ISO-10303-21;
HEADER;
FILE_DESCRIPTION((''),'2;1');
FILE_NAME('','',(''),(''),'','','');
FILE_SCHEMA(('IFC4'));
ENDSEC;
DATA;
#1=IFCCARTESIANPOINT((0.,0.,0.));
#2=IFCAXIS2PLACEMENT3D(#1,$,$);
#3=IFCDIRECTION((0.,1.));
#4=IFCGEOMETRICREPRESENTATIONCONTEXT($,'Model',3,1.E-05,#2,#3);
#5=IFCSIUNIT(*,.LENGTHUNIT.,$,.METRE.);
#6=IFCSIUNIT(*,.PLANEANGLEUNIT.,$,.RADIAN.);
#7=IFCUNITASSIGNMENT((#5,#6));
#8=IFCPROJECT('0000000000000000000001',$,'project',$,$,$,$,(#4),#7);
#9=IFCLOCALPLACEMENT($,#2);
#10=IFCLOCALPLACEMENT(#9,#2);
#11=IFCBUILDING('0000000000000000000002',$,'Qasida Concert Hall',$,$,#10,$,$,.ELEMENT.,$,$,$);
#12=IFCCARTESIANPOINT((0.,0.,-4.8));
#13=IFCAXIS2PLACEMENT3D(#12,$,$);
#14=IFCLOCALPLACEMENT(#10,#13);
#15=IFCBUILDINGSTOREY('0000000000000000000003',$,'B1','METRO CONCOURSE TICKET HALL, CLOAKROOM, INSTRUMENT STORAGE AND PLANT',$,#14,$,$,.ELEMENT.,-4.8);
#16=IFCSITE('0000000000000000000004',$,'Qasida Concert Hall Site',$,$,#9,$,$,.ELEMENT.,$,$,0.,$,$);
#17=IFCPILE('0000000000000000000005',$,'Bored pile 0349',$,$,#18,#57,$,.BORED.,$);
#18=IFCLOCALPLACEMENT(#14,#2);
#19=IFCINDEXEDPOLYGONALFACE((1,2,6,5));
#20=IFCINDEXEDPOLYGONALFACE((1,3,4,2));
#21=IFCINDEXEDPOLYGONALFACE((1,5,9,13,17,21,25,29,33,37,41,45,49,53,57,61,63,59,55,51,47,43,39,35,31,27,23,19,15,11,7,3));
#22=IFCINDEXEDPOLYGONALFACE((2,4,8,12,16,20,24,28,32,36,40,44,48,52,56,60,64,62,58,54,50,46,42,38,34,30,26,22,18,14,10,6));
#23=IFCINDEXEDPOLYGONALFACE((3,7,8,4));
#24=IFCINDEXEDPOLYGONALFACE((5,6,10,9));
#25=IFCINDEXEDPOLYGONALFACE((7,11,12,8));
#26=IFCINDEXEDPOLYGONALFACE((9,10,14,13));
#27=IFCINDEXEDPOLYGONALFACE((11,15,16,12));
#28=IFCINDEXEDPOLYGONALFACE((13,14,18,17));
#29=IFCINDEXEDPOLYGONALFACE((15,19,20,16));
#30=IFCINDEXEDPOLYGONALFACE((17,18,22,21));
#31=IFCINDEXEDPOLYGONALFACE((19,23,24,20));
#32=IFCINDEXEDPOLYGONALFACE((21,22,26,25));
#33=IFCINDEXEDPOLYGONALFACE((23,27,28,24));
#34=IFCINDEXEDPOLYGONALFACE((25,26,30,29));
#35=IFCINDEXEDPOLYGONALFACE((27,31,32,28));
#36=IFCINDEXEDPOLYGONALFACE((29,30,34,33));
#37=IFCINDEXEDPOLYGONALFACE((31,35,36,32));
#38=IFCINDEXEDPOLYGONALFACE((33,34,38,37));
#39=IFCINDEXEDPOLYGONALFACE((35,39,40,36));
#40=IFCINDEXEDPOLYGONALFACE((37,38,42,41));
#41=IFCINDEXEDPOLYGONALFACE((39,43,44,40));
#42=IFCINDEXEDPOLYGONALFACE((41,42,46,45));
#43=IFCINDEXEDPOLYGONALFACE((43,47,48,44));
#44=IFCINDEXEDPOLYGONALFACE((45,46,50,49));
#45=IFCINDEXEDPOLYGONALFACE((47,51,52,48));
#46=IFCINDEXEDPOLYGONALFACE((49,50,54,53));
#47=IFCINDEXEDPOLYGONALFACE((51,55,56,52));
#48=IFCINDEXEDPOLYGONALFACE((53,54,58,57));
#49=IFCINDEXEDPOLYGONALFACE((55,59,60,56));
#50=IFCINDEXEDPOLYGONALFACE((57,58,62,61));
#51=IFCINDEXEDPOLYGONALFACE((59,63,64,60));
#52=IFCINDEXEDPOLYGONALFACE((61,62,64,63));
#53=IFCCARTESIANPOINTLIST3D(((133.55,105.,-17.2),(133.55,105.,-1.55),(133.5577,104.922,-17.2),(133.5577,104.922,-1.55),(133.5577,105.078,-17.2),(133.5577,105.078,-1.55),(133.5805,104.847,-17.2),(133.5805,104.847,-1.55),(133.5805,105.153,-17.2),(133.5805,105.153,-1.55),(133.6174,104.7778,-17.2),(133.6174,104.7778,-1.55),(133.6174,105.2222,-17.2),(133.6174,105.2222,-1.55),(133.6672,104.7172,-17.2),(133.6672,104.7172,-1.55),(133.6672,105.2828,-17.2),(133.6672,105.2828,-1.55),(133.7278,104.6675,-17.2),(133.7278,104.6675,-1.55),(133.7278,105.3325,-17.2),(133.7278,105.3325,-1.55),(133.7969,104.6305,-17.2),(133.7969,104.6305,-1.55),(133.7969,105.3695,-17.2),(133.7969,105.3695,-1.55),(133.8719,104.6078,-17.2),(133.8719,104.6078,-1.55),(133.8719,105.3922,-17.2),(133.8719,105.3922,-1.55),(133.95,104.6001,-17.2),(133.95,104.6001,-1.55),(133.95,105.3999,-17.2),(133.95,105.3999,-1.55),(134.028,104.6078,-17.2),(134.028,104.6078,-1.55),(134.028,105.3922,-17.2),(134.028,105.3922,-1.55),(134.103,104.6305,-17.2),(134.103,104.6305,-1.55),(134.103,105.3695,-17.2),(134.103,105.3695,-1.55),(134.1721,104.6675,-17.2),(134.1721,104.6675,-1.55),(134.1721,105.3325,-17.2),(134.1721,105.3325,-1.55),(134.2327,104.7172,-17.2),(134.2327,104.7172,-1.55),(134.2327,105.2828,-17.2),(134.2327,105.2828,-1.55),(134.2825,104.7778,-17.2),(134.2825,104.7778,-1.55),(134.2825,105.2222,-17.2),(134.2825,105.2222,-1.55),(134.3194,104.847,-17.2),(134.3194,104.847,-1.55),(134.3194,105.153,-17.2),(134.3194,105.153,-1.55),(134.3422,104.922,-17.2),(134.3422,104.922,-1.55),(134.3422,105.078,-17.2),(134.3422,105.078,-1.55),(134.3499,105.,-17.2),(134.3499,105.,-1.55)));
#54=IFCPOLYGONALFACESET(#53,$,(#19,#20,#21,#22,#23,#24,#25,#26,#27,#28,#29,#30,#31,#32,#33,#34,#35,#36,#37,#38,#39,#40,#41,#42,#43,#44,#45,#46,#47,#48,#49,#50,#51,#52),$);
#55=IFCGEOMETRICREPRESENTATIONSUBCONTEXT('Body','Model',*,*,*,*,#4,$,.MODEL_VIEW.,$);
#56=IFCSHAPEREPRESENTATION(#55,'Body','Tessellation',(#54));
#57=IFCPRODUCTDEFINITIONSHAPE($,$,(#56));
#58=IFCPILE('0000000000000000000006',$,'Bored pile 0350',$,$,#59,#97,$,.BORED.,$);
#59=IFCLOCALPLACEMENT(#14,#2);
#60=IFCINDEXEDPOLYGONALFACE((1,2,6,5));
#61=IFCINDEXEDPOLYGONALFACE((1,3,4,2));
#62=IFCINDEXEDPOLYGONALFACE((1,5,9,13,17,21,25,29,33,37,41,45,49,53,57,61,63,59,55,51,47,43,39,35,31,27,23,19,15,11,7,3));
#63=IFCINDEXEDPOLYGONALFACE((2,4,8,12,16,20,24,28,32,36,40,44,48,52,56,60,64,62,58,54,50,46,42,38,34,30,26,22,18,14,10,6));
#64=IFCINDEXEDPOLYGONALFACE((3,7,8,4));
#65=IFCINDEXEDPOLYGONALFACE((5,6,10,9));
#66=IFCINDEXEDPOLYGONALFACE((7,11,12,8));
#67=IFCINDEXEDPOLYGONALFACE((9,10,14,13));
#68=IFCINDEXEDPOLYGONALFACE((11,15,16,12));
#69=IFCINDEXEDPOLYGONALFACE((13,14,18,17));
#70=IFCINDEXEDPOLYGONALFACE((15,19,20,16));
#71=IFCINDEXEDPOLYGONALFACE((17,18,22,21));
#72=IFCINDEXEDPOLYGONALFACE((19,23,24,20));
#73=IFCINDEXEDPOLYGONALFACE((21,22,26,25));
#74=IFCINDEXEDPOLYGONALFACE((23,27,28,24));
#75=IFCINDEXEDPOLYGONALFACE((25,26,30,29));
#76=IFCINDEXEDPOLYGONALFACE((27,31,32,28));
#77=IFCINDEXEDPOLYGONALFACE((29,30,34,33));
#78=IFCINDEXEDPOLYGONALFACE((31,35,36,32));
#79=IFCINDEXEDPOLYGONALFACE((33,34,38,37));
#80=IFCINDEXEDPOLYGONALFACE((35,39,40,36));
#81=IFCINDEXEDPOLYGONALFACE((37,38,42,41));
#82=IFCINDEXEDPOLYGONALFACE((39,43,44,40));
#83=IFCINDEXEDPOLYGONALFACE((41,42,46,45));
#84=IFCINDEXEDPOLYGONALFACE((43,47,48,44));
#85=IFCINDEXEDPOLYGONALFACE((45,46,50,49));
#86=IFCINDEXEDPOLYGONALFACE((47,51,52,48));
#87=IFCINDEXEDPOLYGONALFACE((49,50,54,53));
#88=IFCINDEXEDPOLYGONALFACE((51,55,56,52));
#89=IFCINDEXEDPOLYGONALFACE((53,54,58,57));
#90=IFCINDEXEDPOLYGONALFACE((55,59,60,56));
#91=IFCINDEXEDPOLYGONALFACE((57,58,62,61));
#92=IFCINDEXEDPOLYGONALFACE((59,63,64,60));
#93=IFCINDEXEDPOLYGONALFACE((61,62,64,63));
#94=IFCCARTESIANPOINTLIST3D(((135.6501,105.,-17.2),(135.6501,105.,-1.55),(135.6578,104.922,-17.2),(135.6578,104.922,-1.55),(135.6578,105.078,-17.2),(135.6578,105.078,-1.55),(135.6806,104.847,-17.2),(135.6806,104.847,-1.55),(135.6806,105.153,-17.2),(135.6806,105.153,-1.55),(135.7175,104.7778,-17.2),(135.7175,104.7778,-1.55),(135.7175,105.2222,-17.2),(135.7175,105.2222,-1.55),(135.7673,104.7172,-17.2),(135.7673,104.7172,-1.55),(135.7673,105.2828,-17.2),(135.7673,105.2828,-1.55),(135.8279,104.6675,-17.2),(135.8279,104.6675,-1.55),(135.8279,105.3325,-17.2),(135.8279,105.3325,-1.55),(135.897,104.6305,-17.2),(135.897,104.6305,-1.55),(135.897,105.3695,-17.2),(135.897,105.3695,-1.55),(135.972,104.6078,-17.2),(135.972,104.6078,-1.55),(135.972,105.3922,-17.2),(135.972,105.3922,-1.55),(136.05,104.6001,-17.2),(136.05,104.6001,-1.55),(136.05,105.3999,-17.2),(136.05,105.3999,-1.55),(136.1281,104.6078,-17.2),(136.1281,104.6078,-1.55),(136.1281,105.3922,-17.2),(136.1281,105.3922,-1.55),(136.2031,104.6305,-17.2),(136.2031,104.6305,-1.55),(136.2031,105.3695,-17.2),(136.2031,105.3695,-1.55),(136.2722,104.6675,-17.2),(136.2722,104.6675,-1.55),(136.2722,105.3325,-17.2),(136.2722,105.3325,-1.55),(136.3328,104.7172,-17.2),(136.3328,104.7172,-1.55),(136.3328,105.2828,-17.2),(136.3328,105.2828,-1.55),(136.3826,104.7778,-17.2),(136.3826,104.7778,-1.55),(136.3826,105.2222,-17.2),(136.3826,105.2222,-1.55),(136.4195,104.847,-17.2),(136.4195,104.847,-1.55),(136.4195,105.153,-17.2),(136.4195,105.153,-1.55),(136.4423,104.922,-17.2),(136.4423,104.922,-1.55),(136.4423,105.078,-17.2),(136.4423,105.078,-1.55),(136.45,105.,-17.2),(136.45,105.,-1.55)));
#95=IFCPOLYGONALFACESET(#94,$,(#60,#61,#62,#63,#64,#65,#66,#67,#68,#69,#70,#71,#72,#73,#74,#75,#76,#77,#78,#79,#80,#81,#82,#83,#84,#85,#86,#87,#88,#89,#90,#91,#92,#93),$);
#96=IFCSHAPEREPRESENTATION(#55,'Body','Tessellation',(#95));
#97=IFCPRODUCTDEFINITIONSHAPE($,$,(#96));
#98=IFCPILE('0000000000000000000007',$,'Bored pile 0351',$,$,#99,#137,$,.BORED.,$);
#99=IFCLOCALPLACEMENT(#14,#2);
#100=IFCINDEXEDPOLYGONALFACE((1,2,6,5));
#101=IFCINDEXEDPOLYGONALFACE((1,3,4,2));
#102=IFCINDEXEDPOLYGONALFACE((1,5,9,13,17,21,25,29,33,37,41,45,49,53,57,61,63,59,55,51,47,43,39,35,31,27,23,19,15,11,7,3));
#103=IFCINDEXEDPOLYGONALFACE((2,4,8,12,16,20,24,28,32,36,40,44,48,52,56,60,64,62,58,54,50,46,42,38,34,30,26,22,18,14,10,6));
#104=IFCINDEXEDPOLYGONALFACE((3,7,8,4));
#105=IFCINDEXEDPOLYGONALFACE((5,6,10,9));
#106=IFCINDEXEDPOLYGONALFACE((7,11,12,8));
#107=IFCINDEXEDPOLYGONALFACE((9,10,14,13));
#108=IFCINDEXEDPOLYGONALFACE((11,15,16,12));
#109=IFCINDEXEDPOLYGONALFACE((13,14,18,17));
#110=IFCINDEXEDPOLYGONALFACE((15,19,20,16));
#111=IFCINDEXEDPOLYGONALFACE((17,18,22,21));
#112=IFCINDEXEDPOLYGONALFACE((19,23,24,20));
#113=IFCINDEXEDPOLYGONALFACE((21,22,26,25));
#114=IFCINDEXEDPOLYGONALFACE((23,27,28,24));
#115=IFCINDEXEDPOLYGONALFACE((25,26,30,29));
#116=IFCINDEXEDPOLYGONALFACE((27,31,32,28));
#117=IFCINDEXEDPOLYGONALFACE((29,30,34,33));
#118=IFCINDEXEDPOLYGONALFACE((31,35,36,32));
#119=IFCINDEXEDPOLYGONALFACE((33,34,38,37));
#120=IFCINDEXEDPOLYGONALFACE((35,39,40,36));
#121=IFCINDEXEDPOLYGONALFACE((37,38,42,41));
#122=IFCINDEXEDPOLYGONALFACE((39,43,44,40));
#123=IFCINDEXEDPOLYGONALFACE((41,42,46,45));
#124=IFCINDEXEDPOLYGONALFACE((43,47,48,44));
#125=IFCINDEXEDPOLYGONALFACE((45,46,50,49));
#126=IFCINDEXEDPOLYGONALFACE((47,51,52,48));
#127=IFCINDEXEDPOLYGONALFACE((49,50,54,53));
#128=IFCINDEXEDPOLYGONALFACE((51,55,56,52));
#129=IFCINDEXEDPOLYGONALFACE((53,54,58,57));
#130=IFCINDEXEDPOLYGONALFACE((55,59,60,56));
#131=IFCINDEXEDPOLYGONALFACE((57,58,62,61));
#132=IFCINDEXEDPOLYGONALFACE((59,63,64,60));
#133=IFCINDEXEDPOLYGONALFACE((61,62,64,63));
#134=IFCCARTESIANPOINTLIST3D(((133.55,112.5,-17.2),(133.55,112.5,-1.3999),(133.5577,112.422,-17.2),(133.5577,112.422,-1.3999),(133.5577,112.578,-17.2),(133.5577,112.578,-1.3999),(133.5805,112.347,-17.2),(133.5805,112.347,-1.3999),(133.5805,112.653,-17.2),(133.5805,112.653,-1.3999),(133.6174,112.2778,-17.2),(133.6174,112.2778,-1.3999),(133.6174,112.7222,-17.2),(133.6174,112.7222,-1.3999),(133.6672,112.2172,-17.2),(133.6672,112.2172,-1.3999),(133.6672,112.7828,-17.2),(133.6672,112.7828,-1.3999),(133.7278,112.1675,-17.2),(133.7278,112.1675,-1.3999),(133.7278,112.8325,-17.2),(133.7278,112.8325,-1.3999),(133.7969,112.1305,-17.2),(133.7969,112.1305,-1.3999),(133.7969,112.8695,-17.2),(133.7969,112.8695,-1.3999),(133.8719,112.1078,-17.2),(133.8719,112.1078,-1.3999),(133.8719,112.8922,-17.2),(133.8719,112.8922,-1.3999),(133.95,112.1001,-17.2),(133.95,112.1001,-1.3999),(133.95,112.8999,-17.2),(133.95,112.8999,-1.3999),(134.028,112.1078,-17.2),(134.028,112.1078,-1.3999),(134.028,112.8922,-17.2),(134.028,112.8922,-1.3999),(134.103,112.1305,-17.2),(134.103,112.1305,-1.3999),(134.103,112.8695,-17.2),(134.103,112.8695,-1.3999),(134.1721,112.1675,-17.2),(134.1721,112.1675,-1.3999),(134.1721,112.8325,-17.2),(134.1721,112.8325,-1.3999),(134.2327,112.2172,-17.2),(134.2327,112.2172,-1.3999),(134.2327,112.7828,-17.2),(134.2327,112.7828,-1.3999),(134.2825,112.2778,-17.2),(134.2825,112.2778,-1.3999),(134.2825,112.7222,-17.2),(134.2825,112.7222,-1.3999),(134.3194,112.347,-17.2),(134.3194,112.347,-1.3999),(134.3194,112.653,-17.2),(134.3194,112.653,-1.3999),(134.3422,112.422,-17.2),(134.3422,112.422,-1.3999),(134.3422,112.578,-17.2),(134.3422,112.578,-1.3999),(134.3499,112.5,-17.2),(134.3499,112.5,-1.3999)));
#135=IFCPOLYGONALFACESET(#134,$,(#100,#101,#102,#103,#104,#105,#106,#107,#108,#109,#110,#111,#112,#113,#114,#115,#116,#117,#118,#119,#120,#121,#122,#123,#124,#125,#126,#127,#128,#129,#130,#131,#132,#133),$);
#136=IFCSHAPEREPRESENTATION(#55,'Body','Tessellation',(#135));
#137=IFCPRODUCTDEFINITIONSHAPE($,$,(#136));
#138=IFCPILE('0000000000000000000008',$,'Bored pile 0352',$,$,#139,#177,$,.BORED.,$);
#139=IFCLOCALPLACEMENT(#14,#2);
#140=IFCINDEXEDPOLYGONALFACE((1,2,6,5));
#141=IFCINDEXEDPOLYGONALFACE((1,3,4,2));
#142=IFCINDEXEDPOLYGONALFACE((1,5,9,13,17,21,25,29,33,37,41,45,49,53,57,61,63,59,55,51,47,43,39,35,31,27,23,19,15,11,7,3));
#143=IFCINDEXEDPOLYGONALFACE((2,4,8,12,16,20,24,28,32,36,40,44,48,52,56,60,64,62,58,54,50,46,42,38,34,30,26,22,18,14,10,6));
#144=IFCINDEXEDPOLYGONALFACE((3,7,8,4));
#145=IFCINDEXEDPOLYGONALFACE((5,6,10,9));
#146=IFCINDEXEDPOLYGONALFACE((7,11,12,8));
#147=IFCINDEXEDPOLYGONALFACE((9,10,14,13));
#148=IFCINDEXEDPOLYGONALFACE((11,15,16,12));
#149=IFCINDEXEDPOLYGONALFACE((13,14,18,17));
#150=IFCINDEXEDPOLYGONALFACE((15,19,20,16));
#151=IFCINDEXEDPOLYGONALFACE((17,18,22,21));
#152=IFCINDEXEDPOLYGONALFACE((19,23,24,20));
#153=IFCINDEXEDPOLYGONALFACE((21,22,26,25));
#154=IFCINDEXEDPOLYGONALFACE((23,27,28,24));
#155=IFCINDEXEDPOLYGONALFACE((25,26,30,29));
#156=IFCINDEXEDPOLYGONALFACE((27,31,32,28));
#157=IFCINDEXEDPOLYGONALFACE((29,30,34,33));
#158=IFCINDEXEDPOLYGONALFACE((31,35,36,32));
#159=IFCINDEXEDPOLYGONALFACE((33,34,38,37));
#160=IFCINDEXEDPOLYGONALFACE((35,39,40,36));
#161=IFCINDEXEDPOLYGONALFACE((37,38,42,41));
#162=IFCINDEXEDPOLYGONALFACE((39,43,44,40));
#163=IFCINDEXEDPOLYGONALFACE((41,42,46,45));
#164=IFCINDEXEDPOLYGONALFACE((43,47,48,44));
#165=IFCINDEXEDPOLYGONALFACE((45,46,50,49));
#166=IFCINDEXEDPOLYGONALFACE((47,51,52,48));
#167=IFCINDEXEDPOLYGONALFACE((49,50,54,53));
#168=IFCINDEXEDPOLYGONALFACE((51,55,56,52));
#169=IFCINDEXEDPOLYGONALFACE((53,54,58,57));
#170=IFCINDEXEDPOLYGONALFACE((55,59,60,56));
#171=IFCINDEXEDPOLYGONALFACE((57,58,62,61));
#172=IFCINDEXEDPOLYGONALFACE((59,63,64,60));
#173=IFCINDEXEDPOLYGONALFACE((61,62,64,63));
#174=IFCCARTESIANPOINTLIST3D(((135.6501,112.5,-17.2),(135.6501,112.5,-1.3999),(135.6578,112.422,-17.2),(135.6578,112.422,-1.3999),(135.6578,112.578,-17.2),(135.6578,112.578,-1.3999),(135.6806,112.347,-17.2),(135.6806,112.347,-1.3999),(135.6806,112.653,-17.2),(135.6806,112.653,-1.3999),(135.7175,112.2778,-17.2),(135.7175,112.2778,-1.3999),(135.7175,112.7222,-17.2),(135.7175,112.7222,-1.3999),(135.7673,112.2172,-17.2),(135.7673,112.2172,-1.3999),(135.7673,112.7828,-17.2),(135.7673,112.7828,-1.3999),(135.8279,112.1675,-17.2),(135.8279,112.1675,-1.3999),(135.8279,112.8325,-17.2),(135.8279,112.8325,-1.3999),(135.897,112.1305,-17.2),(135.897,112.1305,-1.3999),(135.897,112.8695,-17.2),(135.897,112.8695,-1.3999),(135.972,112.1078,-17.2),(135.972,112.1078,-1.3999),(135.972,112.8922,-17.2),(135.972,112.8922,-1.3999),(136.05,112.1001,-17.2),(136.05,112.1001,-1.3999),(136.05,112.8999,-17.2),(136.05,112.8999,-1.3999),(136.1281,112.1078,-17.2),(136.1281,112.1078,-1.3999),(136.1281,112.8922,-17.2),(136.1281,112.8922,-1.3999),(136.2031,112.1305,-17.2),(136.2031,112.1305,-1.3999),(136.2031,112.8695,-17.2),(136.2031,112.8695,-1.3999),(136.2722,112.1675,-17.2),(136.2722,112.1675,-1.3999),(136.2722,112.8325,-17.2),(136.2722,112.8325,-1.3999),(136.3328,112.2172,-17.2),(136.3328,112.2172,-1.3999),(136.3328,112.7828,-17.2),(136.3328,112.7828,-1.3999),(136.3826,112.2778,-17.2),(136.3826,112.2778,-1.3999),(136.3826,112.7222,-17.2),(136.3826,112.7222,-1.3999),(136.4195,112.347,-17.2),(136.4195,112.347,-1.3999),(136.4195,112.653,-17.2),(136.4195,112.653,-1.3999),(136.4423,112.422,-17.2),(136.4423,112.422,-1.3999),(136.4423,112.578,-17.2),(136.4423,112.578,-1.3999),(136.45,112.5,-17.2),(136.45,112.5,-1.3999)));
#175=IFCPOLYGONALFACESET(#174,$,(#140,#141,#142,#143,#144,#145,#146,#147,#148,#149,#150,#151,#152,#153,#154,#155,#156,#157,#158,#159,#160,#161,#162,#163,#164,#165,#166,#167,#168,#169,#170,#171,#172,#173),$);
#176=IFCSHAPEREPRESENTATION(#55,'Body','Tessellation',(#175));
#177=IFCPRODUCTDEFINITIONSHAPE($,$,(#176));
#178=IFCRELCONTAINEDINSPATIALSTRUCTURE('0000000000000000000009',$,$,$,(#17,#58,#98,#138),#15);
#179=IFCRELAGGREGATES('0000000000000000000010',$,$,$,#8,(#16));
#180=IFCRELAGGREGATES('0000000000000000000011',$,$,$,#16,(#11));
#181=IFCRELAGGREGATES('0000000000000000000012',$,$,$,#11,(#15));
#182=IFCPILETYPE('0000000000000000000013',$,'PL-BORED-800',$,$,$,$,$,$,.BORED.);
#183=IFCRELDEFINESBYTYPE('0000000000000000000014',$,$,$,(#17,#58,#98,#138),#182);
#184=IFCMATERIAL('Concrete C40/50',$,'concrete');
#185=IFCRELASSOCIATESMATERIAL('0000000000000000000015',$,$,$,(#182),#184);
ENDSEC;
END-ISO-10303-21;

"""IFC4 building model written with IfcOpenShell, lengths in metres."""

from ifc_helpers import new_model, si_unit, direction, frame, origin, origin_2d, place, context, subcontext, project, spatial, circle, extrude, material, material_profile, profile_set, type_object, element, save


model = new_model("IFC4")

# Units and contexts
model_context = context("Model", 3, precision=1e-05, world=origin(), true_north=direction((0.0, 1.0)))
body_context = subcontext(model_context, "Body", "Model", "MODEL_VIEW")
ifc_project = project(units=[si_unit("LENGTHUNIT", "METRE"), si_unit("PLANEANGLEUNIT", "RADIAN")], contexts=[model_context])

# Site, building, storey
site_placement = place(None, origin())
site = spatial("IfcSite", under=ifc_project, at=site_placement, Name="Qasida Concert Hall Site", CompositionType="ELEMENT", RefElevation=0.0)
building_placement = place(site_placement, origin())
building = spatial("IfcBuilding", under=site, at=building_placement, Name="Qasida Concert Hall", CompositionType="ELEMENT")
storey_placement = place(building_placement, frame((0.0, 0.0, -4.8)))
storey = spatial("IfcBuildingStorey", under=building, at=storey_placement, Name="B1", Description="METRO CONCOURSE TICKET HALL, CLOAKROOM, INSTRUMENT STORAGE AND PLANT", CompositionType="ELEMENT", Elevation=-4.8)

# Shared definitions
ifc_material_1 = material(Name="Concrete C40/50", Category="concrete")

# Piles
ifc_material_profile_1 = material_profile(ifc_material_1, circle(Radius=0.3999, at=origin_2d()), Name="BORED PILE D800")
ifc_profile_set_1 = profile_set([ifc_material_profile_1], Name="Concrete C40/50")
pile_type = type_object("IfcPileType", Name="PL-BORED-800", PredefinedType="BORED", material=ifc_profile_set_1)
for number, where, z_axis, x_axis, name in (
    (1, (133.95, 105.0, -1.55), (0.0, 0.0, -1.0), (1.0, 0.0, 0.0), "Bored pile 0349"),
    (2, (136.05, 105.0, -1.55), (0.0, 0.0, -1.0), (1.0, 0.0, 0.0), "Bored pile 0350"),
):
    element("IfcPile", number, at=place(storey_placement, frame(where, z_axis=z_axis, x_axis=x_axis)), inside=storey, type_object=pile_type, Name=name, PredefinedType="BORED", context=body_context, shape_type="SweptSolid", body=[
        extrude(circle(Radius=0.3999, at=origin_2d()), origin(), (0.0, 0.0, 1.0), 15.6499),
    ])
for number, where, z_axis, x_axis, name in (
    (3, (133.95, 112.5, -1.3999), (0.0, 0.0, -1.0), (1.0, 0.0, 0.0), "Bored pile 0351"),
    (4, (136.05, 112.5, -1.3999), (0.0, 0.0, -1.0), (1.0, 0.0, 0.0), "Bored pile 0352"),
):
    element("IfcPile", number, at=place(storey_placement, frame(where, z_axis=z_axis, x_axis=x_axis)), inside=storey, type_object=pile_type, Name=name, PredefinedType="BORED", context=body_context, shape_type="SweptSolid", body=[
        extrude(circle(Radius=0.3999, at=origin_2d()), origin(), (0.0, 0.0, 1.0), 15.8),
    ])

save(model, "model.ifc")
